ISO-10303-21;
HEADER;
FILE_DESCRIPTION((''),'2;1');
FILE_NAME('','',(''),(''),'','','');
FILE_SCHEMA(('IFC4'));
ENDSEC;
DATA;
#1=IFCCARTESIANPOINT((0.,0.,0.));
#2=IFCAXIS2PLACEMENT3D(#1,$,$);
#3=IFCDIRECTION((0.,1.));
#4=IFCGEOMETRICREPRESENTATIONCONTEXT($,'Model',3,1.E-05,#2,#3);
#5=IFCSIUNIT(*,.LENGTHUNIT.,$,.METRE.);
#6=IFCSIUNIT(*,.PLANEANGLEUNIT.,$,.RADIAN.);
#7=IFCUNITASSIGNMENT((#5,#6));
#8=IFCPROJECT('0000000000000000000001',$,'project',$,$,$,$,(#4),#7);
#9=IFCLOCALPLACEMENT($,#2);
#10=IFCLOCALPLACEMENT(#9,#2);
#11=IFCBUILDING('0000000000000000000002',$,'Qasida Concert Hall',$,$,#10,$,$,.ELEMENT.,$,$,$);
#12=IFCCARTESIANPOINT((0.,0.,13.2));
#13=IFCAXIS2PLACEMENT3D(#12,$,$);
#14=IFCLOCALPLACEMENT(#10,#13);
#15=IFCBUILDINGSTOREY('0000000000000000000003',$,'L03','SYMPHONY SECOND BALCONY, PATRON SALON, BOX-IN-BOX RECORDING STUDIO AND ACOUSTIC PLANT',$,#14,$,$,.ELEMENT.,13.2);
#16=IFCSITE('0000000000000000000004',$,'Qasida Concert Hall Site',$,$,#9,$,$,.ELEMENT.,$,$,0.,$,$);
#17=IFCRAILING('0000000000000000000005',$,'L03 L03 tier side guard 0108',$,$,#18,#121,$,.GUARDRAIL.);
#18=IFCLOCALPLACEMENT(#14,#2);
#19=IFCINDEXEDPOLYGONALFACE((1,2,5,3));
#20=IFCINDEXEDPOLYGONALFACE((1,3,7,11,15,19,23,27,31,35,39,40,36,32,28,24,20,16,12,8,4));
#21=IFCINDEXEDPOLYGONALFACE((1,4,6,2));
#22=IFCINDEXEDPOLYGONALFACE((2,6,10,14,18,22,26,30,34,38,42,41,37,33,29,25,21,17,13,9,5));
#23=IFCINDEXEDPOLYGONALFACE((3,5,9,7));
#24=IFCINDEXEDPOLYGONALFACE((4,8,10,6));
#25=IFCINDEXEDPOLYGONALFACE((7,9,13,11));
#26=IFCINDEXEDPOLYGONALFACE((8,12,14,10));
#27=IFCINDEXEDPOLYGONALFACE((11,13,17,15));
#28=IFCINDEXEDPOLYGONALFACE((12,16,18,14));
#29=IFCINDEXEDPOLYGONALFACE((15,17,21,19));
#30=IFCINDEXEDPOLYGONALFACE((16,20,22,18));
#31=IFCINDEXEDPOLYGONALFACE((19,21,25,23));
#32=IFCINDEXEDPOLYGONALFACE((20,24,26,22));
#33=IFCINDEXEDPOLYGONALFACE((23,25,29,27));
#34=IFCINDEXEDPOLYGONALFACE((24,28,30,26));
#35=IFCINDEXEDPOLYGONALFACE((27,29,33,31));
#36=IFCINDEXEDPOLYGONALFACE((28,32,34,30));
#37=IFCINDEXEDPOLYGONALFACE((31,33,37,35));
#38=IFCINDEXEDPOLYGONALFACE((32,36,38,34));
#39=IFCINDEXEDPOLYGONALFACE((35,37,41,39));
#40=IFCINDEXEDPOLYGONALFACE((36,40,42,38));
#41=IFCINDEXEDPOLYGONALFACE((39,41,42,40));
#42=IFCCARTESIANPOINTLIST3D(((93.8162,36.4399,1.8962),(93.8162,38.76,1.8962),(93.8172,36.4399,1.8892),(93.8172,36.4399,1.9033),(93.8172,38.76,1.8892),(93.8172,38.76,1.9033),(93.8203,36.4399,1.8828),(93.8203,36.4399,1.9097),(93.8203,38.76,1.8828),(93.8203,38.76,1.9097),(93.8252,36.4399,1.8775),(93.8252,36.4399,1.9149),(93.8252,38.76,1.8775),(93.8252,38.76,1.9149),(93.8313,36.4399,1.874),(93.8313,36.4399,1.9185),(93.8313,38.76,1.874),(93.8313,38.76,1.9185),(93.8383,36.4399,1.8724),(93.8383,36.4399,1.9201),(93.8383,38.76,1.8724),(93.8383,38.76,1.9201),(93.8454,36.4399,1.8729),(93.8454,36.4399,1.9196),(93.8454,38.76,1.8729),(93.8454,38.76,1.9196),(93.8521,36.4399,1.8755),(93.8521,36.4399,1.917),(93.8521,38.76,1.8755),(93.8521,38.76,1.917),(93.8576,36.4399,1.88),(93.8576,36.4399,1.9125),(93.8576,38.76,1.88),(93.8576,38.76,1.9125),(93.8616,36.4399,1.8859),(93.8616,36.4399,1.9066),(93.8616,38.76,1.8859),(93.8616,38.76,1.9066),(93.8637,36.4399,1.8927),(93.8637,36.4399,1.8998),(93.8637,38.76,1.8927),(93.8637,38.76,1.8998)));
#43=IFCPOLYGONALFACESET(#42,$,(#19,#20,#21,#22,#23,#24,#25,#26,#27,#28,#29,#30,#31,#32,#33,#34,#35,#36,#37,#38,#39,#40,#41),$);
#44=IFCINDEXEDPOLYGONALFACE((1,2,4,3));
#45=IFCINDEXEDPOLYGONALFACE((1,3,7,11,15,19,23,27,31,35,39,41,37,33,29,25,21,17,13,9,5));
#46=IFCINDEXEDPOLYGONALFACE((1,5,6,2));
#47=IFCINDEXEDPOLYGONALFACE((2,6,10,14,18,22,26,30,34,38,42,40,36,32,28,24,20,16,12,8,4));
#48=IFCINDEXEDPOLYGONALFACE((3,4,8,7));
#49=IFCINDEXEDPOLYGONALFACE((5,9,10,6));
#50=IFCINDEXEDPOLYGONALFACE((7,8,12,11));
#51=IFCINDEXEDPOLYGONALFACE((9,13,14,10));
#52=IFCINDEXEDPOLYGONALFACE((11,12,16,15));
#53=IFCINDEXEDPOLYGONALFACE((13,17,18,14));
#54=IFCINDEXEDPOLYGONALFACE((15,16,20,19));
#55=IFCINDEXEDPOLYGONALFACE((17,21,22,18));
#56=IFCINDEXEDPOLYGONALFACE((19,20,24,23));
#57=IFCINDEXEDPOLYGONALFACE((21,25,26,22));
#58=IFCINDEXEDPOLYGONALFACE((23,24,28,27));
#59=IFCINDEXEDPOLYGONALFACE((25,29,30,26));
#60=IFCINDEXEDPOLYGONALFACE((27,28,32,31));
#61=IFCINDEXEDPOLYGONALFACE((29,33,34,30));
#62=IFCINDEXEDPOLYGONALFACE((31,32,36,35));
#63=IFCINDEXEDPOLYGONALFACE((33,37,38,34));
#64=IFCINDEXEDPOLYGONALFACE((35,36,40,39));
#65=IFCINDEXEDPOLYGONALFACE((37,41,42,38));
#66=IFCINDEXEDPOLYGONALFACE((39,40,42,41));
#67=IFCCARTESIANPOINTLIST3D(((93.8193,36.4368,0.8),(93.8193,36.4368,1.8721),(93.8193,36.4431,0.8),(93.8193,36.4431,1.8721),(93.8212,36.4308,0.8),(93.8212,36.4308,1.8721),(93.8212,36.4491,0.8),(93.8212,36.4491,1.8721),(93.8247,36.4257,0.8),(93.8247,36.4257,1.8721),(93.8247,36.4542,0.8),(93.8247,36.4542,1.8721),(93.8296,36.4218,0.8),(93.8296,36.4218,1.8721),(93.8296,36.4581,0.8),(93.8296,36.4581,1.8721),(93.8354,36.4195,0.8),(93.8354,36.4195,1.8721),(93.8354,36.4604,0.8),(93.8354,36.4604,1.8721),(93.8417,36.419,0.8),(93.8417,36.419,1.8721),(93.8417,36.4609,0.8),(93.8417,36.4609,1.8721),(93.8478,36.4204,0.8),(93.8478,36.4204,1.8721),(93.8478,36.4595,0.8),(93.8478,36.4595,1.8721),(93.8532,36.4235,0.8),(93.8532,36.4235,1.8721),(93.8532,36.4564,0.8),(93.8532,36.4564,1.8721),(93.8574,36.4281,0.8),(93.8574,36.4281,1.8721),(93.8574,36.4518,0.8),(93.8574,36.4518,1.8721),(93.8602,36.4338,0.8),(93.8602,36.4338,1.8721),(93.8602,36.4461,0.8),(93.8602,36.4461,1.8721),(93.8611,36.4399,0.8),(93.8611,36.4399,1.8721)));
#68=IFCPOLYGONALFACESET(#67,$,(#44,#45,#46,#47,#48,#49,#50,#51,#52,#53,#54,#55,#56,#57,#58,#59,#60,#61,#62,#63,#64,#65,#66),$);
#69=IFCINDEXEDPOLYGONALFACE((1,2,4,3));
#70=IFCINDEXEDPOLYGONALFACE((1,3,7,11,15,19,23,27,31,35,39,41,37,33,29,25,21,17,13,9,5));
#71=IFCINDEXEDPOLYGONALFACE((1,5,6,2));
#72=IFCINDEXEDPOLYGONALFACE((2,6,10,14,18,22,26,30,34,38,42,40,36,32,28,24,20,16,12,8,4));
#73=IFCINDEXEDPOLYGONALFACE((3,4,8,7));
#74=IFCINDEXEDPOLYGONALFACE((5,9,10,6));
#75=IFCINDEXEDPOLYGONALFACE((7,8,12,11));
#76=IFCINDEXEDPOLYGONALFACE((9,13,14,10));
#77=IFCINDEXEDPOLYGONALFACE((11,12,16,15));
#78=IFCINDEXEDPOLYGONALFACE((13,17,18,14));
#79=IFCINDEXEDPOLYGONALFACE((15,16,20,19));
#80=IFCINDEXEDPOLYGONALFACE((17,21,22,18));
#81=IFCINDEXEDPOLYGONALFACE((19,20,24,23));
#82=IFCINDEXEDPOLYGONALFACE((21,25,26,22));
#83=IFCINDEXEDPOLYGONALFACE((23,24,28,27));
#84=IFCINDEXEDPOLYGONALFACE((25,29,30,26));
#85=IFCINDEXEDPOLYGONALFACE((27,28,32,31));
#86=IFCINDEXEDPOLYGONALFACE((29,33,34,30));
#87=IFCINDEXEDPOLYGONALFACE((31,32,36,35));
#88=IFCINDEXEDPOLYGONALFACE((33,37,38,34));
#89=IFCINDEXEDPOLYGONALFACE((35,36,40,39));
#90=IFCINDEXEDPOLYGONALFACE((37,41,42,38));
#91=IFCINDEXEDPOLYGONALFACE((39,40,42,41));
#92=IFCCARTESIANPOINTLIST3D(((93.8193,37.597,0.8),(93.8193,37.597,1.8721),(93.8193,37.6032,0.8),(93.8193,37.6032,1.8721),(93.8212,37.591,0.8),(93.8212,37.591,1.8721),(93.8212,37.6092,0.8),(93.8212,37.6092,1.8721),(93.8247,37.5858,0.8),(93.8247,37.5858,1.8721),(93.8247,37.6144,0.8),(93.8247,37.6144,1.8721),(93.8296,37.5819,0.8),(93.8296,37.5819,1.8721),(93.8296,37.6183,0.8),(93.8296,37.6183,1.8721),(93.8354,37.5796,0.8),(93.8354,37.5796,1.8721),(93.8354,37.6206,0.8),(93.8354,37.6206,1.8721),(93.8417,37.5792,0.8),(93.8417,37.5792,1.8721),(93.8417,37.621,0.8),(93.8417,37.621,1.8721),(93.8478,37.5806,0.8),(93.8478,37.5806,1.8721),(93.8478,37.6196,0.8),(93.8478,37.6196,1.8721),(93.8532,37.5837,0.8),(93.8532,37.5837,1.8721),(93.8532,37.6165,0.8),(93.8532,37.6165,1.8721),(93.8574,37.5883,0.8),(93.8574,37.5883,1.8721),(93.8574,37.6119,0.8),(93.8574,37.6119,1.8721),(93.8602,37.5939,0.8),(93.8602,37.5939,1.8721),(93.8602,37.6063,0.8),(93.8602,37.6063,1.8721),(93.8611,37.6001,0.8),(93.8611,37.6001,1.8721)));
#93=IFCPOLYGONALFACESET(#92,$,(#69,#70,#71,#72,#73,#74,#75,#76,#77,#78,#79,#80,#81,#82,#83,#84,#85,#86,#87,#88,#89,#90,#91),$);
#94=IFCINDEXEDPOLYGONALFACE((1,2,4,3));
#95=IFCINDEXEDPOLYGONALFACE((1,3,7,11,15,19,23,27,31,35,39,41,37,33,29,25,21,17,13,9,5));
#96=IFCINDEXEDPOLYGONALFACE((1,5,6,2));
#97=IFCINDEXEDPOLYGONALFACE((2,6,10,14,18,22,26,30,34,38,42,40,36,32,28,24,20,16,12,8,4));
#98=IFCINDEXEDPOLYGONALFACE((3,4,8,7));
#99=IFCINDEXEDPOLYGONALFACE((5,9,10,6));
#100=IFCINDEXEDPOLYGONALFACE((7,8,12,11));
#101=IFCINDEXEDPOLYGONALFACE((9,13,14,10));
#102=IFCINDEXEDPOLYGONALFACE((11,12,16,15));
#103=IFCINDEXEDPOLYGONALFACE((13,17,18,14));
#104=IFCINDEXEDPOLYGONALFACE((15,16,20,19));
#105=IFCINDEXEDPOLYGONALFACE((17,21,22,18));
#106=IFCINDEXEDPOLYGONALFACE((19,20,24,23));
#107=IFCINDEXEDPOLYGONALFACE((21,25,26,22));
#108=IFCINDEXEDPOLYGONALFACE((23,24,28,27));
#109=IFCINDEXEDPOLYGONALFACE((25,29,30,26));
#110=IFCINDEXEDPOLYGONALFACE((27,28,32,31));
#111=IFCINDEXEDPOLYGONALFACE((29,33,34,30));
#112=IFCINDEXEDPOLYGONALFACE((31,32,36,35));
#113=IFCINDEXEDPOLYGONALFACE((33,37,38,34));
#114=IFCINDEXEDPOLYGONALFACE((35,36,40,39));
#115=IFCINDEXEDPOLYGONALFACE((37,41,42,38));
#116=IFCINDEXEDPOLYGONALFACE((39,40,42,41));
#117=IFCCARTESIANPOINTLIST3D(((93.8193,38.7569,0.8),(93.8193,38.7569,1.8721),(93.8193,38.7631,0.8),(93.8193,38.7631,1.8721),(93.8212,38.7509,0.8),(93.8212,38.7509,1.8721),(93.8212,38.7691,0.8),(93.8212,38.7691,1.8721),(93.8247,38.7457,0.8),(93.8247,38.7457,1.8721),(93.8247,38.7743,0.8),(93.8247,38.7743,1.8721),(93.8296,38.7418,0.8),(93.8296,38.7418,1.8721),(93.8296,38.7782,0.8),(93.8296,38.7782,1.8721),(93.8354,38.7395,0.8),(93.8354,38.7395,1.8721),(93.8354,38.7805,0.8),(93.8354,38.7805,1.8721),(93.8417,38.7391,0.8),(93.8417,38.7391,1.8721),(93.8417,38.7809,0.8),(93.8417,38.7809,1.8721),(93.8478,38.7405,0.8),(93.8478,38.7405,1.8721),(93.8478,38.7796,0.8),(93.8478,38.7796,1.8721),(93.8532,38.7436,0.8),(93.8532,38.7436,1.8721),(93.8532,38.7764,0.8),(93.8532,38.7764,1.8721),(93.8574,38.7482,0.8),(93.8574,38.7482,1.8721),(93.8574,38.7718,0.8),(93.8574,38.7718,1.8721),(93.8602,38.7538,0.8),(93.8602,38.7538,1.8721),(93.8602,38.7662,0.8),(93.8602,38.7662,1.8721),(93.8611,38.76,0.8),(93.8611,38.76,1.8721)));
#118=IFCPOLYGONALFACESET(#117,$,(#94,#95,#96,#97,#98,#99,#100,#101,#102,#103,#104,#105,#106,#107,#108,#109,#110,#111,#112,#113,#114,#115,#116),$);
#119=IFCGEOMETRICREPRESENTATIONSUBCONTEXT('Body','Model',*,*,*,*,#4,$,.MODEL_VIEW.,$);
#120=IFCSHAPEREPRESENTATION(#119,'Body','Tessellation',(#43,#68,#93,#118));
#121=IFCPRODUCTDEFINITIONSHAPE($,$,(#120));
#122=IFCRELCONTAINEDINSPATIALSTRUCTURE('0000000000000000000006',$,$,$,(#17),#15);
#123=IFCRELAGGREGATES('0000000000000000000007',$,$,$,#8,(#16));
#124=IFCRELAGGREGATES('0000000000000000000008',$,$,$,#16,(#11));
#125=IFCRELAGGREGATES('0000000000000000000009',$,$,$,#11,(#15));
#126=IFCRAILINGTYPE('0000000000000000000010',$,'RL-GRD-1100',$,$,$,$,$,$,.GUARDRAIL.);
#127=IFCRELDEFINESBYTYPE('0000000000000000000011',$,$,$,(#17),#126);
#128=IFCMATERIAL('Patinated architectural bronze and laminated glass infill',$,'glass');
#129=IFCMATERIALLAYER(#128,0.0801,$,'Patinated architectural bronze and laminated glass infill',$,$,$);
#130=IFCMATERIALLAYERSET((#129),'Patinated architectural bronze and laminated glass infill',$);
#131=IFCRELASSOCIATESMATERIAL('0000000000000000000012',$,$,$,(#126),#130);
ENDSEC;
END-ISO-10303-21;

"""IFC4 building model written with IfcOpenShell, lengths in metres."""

from ifc_helpers import new_model, si_unit, direction, frame, origin, origin_2d, place, context, subcontext, project, spatial, circle, extrude, material, layer, layer_set, type_object, element, save


model = new_model("IFC4")

# Units and contexts
model_context = context("Model", 3, precision=1e-05, world=origin(), true_north=direction((0.0, 1.0)))
body_context = subcontext(model_context, "Body", "Model", "MODEL_VIEW")
ifc_project = project(units=[si_unit("LENGTHUNIT", "METRE"), si_unit("PLANEANGLEUNIT", "RADIAN")], contexts=[model_context])

# Site, building, storey
site_placement = place(None, origin())
site = spatial("IfcSite", under=ifc_project, at=site_placement, Name="Qasida Concert Hall Site", CompositionType="ELEMENT", RefElevation=0.0)
building_placement = place(site_placement, origin())
building = spatial("IfcBuilding", under=site, at=building_placement, Name="Qasida Concert Hall", CompositionType="ELEMENT")
storey_placement = place(building_placement, frame((0.0, 0.0, 13.2)))
storey = spatial("IfcBuildingStorey", under=building, at=storey_placement, Name="L03", Description="SYMPHONY SECOND BALCONY, PATRON SALON, BOX-IN-BOX RECORDING STUDIO AND ACOUSTIC PLANT", CompositionType="ELEMENT", Elevation=13.2)

# Railing
ifc_material_1 = material(Name="Patinated architectural bronze and laminated glass infill", Category="glass")
ifc_layer_1 = layer(ifc_material_1, 0.0801, Name="Patinated architectural bronze and laminated glass infill")
ifc_layer_set_1 = layer_set([ifc_layer_1], Name="Patinated architectural bronze and laminated glass infill")
railing_type_1 = type_object("IfcRailingType", Name="RL-GRD-1100", PredefinedType="GUARDRAIL", material=ifc_layer_set_1)
for number, where, name in (
    (1, (93.8401, 36.4399, 0.8), "L03 L03 tier side guard 0108"),
):
    element("IfcRailing", number, at=place(storey_placement, frame(where)), inside=storey, type_object=railing_type_1, Name=name, PredefinedType="GUARDRAIL", context=body_context, shape_type="SweptSolid", body=[
        extrude(circle(Radius=0.0239, at=origin_2d()), frame((0.0, 0.0, 1.0962), z_axis=(0.0, 1.0, 0.0), x_axis=(-1.0, 0.0, 0.0)), (0.0, 0.0, 1.0), 2.3201),
        extrude(circle(Radius=0.021, at=origin_2d()), origin(), (0.0, 0.0, 1.0), 1.072),
        extrude(circle(Radius=0.021, at=origin_2d()), frame((0.0, 1.1602, 0.0)), (0.0, 0.0, 1.0), 1.072),
        extrude(circle(Radius=0.021, at=origin_2d()), frame((0.0, 2.3201, 0.0)), (0.0, 0.0, 1.0), 1.072),
    ])

save(model, "model.ifc")
